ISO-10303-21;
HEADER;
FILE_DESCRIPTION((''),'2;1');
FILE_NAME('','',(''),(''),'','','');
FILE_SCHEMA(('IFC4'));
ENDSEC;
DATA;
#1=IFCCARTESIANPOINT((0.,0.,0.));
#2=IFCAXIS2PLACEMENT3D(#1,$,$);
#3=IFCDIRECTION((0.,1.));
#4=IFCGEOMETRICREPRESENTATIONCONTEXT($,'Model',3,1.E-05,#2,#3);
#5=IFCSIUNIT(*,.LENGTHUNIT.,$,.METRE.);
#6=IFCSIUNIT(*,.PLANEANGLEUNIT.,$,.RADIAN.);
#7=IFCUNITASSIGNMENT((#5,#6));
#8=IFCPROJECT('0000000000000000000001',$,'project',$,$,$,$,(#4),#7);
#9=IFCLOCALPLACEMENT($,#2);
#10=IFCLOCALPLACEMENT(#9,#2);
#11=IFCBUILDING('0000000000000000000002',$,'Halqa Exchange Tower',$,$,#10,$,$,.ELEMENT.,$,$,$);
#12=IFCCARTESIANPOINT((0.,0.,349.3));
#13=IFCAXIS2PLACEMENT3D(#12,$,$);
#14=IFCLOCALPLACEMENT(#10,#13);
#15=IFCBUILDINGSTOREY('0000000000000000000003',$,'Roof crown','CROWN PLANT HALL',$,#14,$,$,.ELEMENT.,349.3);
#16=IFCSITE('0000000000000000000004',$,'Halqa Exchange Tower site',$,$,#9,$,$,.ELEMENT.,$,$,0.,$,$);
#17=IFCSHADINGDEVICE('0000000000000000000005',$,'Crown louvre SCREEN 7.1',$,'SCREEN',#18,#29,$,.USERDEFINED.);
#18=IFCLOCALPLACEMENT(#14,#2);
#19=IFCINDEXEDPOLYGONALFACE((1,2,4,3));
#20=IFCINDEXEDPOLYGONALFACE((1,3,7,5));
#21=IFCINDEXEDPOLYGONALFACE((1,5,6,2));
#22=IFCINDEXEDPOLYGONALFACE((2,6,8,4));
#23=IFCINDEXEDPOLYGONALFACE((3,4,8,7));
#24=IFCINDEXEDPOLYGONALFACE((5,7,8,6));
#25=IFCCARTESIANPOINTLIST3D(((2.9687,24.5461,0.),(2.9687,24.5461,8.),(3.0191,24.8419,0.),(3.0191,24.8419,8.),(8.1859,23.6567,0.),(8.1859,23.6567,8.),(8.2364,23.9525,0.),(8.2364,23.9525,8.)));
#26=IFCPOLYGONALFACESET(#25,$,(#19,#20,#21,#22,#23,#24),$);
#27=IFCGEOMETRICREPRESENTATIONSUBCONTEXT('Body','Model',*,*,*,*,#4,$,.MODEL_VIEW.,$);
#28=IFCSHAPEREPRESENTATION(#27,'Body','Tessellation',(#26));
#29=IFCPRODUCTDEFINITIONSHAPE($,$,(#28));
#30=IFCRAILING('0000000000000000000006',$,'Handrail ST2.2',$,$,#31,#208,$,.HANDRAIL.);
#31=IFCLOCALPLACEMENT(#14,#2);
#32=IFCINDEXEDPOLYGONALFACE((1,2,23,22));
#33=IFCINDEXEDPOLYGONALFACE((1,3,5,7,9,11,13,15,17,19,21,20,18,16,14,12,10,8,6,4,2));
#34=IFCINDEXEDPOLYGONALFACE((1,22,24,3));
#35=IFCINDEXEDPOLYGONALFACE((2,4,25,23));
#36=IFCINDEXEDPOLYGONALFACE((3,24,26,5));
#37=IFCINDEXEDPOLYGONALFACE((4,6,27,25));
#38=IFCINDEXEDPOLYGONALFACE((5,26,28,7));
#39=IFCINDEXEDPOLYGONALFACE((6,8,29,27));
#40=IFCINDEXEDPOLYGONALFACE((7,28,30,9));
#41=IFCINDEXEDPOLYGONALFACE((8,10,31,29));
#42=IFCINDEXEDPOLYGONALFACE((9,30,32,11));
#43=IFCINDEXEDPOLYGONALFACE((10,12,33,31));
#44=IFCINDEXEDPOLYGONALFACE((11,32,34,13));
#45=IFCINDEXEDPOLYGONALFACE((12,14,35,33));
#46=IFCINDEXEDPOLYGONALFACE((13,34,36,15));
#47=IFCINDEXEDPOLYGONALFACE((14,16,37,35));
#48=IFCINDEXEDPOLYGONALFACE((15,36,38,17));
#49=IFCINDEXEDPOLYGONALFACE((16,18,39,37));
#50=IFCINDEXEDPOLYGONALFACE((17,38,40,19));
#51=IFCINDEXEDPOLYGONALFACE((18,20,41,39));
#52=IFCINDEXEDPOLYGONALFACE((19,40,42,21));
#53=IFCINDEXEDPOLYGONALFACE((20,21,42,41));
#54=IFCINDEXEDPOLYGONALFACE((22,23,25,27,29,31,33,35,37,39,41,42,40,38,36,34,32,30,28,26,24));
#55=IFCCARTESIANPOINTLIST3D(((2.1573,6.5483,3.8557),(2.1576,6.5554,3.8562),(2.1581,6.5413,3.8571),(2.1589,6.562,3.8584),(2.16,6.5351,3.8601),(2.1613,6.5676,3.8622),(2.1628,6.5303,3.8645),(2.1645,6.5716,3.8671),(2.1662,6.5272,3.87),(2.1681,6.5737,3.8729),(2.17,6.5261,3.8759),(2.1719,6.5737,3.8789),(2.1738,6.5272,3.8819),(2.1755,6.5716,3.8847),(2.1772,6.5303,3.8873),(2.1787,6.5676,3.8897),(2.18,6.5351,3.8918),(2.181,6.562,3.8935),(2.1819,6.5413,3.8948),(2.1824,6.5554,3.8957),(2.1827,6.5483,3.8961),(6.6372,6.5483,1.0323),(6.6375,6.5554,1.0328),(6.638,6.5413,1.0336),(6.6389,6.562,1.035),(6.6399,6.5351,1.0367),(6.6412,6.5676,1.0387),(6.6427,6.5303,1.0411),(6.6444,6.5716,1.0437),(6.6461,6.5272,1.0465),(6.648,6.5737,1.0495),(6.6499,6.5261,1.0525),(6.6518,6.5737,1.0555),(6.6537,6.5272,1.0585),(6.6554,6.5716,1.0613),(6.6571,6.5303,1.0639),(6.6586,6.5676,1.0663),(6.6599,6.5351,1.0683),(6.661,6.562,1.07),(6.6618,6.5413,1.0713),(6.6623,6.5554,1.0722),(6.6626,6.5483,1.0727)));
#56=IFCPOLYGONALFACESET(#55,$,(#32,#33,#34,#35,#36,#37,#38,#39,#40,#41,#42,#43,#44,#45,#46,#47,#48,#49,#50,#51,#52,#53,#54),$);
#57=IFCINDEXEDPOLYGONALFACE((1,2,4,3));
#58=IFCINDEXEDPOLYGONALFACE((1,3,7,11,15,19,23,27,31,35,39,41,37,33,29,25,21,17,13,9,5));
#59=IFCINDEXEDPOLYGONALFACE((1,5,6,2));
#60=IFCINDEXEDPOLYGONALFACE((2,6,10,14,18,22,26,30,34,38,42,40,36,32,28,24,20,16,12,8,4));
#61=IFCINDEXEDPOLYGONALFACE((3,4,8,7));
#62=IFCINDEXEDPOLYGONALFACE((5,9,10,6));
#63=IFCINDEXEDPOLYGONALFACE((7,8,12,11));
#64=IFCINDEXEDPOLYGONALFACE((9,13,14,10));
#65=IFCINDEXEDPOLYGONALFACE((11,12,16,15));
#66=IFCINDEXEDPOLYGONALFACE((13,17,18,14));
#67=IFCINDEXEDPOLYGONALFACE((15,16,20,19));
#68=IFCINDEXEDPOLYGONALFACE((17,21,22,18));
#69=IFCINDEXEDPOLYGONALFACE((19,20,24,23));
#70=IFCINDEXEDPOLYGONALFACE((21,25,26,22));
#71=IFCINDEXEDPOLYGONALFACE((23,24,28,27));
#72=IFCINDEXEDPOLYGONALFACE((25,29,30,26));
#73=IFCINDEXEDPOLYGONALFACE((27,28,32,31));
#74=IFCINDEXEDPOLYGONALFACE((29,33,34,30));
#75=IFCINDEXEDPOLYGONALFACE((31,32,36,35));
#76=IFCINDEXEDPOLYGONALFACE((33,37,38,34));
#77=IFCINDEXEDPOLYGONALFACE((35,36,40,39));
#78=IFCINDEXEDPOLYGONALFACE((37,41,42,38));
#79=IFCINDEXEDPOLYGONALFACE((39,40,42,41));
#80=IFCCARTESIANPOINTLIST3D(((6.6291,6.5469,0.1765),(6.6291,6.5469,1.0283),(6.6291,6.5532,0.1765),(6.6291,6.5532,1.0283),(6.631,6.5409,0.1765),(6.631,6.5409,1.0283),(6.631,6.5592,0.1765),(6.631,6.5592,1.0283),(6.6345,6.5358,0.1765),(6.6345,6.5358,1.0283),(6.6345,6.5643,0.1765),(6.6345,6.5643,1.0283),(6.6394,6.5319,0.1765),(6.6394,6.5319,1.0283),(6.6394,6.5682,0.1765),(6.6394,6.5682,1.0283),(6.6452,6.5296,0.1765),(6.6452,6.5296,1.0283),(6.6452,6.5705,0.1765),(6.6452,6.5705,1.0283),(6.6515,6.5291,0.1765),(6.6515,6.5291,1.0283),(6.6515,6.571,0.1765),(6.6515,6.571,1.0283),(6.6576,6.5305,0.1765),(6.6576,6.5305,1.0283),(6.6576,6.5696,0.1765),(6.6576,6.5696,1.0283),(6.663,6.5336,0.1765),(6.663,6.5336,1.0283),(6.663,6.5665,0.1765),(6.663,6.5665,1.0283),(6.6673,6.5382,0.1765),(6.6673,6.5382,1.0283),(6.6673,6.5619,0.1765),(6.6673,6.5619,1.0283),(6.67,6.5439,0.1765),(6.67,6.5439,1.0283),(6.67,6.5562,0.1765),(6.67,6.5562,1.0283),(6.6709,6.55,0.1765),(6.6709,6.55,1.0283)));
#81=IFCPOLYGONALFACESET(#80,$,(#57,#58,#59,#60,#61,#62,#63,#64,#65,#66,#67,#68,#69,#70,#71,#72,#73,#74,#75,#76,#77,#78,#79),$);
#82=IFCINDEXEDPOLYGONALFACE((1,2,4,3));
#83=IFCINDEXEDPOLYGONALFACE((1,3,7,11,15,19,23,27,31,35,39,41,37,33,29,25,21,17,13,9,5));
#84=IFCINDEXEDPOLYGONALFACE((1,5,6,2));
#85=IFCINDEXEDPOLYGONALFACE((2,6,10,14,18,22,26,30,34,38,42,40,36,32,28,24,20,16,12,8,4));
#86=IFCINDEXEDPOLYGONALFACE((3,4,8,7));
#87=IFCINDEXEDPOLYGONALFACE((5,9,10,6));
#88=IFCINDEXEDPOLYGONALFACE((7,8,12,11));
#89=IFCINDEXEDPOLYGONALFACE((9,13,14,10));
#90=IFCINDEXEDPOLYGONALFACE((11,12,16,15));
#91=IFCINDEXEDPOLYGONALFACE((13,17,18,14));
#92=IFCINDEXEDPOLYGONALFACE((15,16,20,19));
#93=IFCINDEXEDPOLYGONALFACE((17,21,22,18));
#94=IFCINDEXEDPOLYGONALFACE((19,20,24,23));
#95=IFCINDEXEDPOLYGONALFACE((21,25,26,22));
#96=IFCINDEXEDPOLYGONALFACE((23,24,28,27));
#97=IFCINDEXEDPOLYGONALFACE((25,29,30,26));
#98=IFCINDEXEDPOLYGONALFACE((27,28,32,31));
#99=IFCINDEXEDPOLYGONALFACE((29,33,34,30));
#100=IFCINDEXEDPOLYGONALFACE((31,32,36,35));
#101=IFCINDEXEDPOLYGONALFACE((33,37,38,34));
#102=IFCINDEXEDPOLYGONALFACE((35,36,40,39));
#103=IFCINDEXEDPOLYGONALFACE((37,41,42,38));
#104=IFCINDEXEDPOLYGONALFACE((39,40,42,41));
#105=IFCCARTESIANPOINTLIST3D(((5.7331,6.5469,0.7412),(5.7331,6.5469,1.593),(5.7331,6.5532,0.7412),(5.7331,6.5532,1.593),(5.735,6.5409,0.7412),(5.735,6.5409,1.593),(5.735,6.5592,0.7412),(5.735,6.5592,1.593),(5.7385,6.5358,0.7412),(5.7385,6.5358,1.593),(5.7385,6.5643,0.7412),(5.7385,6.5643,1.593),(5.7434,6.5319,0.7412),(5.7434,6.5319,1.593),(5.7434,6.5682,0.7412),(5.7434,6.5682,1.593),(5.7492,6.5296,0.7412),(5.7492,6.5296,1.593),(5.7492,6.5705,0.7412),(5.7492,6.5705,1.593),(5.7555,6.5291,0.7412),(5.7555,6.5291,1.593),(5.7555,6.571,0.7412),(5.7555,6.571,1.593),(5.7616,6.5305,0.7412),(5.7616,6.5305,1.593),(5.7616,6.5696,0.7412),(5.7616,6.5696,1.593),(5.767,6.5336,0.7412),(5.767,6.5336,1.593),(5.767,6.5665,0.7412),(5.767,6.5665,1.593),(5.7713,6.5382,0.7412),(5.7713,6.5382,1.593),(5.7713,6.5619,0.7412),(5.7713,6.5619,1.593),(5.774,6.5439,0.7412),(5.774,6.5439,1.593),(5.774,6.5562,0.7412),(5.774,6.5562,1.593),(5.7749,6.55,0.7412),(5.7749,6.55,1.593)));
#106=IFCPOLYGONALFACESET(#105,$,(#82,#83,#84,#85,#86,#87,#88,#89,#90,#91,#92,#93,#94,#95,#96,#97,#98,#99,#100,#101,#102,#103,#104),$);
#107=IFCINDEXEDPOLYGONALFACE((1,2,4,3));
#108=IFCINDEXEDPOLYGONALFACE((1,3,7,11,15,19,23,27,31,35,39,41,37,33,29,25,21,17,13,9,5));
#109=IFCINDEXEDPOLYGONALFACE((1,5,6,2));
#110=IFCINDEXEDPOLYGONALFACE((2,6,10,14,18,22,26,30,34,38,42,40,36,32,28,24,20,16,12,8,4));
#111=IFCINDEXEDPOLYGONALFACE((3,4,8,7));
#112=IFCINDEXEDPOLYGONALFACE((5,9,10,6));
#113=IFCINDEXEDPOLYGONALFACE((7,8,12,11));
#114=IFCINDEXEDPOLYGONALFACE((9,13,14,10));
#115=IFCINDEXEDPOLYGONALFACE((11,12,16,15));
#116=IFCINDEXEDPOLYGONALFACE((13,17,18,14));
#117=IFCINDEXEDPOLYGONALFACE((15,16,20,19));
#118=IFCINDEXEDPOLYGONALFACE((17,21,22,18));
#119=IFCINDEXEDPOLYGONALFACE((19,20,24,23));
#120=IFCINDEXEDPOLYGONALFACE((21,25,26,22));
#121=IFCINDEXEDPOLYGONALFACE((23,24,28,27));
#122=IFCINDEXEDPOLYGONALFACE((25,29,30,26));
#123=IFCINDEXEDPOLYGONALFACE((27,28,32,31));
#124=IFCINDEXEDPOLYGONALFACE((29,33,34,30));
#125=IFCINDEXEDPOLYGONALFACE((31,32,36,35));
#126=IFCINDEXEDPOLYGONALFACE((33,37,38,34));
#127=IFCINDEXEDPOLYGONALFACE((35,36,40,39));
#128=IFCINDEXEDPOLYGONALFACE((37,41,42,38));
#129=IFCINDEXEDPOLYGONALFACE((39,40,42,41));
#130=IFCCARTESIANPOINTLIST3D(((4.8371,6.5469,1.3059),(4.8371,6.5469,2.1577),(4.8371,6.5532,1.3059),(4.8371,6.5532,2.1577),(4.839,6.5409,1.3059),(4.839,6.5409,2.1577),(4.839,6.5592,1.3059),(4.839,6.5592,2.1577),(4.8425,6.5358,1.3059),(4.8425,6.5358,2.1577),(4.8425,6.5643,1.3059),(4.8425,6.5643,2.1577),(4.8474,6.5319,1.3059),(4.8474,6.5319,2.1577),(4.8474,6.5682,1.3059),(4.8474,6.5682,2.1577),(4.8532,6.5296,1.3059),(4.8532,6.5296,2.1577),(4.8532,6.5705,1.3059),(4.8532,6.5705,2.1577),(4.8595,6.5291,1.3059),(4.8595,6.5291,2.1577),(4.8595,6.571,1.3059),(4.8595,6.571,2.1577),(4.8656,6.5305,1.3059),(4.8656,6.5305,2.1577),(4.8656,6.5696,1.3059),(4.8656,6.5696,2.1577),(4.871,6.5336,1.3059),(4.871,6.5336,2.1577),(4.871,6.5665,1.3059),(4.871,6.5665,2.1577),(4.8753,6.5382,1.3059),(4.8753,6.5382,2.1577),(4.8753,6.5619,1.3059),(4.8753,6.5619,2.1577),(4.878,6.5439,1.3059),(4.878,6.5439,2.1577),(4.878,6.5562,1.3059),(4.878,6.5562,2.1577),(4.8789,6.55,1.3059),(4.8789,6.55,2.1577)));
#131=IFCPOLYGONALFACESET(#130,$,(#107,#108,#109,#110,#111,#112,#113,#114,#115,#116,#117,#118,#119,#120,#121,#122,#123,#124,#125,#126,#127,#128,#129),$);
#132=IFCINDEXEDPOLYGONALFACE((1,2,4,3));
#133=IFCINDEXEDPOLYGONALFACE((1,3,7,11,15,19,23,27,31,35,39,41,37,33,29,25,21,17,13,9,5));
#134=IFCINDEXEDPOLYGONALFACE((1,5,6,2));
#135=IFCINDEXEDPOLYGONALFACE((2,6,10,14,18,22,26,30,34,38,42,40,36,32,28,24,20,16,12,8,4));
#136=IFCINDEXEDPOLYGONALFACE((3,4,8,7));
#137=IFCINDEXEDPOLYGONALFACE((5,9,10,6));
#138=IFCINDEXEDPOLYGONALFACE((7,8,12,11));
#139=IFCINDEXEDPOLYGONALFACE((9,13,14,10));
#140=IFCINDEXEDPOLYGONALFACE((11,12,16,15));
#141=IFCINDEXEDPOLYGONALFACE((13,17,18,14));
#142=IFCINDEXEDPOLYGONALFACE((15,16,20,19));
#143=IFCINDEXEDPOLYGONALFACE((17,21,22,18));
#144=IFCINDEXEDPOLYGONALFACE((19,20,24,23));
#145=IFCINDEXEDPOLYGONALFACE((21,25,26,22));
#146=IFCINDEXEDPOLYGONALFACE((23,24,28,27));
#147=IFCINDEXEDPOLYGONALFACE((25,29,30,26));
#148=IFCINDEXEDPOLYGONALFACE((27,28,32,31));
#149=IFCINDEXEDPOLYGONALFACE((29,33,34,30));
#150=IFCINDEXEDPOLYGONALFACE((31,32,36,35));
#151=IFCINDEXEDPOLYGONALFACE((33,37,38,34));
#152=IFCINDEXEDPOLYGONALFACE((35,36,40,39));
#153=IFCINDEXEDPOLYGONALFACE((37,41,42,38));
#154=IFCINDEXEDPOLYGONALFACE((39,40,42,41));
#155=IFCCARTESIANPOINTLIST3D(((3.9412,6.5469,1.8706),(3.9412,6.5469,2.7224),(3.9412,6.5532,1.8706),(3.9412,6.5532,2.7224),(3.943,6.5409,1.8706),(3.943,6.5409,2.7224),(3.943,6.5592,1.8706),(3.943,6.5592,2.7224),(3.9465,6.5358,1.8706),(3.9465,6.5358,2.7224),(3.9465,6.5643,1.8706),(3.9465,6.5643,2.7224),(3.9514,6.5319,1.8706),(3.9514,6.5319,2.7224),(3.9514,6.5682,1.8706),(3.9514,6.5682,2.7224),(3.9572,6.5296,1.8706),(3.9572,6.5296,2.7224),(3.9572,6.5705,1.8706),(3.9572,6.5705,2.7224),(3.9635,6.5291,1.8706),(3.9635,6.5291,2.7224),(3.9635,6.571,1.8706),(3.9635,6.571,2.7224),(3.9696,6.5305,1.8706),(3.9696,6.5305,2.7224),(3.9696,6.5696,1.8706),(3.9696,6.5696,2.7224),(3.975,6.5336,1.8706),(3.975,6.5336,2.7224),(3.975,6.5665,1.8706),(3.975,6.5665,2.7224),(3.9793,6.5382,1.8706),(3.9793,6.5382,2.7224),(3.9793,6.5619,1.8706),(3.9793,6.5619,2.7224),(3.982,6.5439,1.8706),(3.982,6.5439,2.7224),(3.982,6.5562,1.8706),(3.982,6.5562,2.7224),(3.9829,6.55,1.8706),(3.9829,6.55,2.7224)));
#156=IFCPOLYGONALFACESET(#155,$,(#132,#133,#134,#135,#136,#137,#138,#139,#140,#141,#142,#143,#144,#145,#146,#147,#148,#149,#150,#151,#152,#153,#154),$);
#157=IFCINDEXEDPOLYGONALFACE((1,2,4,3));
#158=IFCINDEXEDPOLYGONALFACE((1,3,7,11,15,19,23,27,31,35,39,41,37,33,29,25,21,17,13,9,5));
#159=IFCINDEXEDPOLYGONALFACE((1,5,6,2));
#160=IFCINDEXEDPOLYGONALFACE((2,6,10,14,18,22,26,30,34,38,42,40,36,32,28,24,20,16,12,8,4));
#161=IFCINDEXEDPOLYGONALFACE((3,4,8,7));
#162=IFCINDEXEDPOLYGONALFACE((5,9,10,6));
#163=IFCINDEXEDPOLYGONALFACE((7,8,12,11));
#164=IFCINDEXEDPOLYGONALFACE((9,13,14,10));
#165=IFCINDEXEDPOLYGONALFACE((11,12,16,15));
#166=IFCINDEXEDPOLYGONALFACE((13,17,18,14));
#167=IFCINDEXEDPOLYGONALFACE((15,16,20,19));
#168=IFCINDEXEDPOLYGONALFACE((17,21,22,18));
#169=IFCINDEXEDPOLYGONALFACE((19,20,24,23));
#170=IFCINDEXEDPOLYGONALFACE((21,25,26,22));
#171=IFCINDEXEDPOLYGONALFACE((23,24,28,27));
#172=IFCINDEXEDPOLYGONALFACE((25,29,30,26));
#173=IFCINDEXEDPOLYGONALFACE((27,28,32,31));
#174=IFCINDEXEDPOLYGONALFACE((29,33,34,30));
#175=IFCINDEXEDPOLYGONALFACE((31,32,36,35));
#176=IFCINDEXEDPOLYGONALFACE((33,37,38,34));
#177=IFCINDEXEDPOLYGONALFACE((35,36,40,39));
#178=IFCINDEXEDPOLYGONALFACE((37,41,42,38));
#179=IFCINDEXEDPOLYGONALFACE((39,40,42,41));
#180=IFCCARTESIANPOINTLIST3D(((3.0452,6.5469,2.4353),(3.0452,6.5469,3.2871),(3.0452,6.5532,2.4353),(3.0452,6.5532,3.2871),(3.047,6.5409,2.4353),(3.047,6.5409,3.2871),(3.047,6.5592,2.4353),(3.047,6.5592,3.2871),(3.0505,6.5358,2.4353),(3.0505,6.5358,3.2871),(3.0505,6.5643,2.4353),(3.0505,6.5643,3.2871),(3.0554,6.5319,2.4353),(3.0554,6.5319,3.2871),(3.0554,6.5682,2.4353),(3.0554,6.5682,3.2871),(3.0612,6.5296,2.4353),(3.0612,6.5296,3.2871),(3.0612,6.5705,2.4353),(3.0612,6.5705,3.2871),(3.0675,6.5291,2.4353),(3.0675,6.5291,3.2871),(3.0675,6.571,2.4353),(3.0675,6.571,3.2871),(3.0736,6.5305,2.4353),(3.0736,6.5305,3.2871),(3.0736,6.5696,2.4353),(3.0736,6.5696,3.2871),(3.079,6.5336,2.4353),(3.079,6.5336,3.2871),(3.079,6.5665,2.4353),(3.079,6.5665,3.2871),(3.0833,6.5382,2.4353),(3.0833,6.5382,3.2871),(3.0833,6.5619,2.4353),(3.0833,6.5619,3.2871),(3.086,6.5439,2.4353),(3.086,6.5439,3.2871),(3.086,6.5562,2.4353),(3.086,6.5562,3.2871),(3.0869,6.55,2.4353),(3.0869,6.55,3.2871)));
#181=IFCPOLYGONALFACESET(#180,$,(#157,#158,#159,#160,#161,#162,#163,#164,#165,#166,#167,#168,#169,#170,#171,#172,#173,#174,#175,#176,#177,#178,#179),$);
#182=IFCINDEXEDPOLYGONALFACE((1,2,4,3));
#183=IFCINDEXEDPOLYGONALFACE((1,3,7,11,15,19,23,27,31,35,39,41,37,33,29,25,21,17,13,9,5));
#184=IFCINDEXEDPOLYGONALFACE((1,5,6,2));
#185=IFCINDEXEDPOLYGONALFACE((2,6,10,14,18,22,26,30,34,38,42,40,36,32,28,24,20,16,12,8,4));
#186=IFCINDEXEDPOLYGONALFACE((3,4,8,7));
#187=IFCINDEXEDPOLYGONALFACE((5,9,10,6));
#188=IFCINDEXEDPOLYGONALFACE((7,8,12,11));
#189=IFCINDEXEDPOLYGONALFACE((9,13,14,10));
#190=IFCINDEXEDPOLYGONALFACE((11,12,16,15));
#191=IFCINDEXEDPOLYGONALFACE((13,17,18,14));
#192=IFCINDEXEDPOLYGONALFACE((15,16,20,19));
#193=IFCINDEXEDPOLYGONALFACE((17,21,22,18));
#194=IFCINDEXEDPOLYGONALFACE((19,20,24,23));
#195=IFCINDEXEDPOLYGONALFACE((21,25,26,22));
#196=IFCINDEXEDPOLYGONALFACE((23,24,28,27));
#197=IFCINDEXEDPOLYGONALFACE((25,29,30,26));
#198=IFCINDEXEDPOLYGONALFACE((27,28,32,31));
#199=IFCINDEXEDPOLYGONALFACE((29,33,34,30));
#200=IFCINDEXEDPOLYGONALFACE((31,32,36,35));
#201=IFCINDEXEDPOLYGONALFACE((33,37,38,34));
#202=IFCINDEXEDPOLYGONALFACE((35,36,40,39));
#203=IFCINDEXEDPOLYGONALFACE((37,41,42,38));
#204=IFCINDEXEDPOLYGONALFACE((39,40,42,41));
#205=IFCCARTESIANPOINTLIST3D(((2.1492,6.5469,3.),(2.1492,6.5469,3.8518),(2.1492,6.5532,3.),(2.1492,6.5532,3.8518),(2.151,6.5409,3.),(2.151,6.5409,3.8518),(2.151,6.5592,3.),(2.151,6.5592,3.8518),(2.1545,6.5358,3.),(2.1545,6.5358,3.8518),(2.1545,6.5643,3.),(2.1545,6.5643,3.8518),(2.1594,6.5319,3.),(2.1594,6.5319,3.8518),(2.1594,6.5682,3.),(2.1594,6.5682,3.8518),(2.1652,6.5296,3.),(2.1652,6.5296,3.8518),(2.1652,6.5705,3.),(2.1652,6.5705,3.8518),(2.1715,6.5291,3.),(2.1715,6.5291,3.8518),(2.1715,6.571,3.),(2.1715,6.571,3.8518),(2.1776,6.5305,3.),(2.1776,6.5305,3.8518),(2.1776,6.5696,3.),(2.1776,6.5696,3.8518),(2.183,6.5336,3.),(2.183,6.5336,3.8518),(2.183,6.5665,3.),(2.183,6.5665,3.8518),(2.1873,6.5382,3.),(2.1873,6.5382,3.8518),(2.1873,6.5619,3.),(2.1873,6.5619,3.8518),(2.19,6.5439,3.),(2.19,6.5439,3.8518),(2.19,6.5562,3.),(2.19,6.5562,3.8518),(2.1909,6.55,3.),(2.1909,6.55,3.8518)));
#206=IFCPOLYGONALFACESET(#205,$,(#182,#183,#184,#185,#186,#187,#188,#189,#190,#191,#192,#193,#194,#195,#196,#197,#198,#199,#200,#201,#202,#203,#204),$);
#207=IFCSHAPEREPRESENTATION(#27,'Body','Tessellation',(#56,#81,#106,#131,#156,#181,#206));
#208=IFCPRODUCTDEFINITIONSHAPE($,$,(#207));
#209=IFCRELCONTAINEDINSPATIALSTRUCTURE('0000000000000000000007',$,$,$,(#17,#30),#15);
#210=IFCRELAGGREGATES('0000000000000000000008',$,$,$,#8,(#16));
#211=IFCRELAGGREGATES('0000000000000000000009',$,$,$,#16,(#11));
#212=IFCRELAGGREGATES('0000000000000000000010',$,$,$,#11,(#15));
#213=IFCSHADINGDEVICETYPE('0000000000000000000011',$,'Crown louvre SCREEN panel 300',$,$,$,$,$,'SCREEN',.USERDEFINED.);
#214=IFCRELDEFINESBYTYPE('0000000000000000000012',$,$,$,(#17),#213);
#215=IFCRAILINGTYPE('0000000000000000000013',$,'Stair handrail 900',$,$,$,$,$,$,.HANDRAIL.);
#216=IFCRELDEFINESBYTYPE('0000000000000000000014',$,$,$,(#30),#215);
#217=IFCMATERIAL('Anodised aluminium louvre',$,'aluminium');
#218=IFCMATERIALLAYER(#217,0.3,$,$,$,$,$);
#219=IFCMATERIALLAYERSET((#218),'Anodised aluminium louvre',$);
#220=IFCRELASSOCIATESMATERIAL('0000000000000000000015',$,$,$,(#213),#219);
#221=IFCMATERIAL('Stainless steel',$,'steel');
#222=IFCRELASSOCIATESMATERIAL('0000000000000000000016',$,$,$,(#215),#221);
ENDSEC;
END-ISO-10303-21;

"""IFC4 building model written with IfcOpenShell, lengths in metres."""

from ifc_helpers import new_model, si_unit, direction, frame, origin, origin_2d, place, context, subcontext, project, spatial, rectangle, circle, extrude, material, layer, layer_set, type_object, element, save


model = new_model("IFC4")

# Units and contexts
model_context = context("Model", 3, precision=1e-05, world=origin(), true_north=direction((0.0, 1.0)))
body_context = subcontext(model_context, "Body", "Model", "MODEL_VIEW")
ifc_project = project(units=[si_unit("LENGTHUNIT", "METRE"), si_unit("PLANEANGLEUNIT", "RADIAN")], contexts=[model_context])

# Site, building, storey
site_placement = place(None, origin())
site = spatial("IfcSite", under=ifc_project, at=site_placement, Name="Halqa Exchange Tower site", CompositionType="ELEMENT", RefElevation=0.0)
building_placement = place(site_placement, origin())
building = spatial("IfcBuilding", under=site, at=building_placement, Name="Halqa Exchange Tower", CompositionType="ELEMENT")
storey_placement = place(building_placement, frame((0.0, 0.0, 349.3)))
storey = spatial("IfcBuildingStorey", under=building, at=storey_placement, Name="Roof crown", Description="CROWN PLANT HALL", CompositionType="ELEMENT", Elevation=349.3)

# Shared definitions
ifc_material_1 = material(Name="Stainless steel", Category="steel")

# Shading device
ifc_material_2 = material(Name="Anodised aluminium louvre", Category="aluminium")
ifc_layer_1 = layer(ifc_material_2, 0.3)
ifc_layer_set_1 = layer_set([ifc_layer_1], Name="Anodised aluminium louvre")
shading_device_type = type_object("IfcShadingDeviceType", Name="Crown louvre SCREEN panel 300", ElementType="SCREEN", PredefinedType="USERDEFINED", material=ifc_layer_set_1)
shading_device_1_placement = place(storey_placement, frame((5.6025, 24.2493, 0.0), z_axis=(0.0, 0.0, 1.0), x_axis=(-0.985778, 0.168051, 0.0)))
element("IfcShadingDevice", 1, at=shading_device_1_placement, inside=storey, type_object=shading_device_type, Name="Crown louvre SCREEN 7.1", ObjectType="SCREEN", PredefinedType="USERDEFINED", context=body_context, shape_type="SweptSolid", body=[
    extrude(rectangle(XDim=5.2925, YDim=0.3, at=origin_2d()), origin(), (0.0, 0.0, 1.0), 8.0),
])

# Railing
railing_type_1 = type_object("IfcRailingType", Name="Stair handrail 900", PredefinedType="HANDRAIL", material=ifc_material_1)
railing_1_placement = place(storey_placement, frame((6.6499, 6.55, 0.1765)))
element("IfcRailing", 2, at=railing_1_placement, inside=storey, type_object=railing_type_1, Name="Handrail ST2.2", PredefinedType="HANDRAIL", context=body_context, shape_type="SweptSolid", body=[
    extrude(circle(Radius=0.0239, at=origin_2d()), frame((0.0, 0.0, 0.876), z_axis=(-0.845998, 0.0, 0.533186), x_axis=(0.0, -1.0, 0.0)), (0.0, 0.0, 1.0), 5.2954),
    extrude(circle(Radius=0.021, at=origin_2d()), origin(), (0.0, 0.0, 1.0), 0.8518),
    extrude(circle(Radius=0.021, at=origin_2d()), frame((-0.896, 0.0, 0.5647)), (0.0, 0.0, 1.0), 0.8518),
    extrude(circle(Radius=0.021, at=origin_2d()), frame((-1.792, 0.0, 1.1294)), (0.0, 0.0, 1.0), 0.8518),
    extrude(circle(Radius=0.021, at=origin_2d()), frame((-2.688, 0.0, 1.6941)), (0.0, 0.0, 1.0), 0.8518),
    extrude(circle(Radius=0.021, at=origin_2d()), frame((-3.584, 0.0, 2.2588)), (0.0, 0.0, 1.0), 0.8518),
    extrude(circle(Radius=0.021, at=origin_2d()), frame((-4.48, 0.0, 2.8235)), (0.0, 0.0, 1.0), 0.8518),
])

save(model, "model.ifc")
